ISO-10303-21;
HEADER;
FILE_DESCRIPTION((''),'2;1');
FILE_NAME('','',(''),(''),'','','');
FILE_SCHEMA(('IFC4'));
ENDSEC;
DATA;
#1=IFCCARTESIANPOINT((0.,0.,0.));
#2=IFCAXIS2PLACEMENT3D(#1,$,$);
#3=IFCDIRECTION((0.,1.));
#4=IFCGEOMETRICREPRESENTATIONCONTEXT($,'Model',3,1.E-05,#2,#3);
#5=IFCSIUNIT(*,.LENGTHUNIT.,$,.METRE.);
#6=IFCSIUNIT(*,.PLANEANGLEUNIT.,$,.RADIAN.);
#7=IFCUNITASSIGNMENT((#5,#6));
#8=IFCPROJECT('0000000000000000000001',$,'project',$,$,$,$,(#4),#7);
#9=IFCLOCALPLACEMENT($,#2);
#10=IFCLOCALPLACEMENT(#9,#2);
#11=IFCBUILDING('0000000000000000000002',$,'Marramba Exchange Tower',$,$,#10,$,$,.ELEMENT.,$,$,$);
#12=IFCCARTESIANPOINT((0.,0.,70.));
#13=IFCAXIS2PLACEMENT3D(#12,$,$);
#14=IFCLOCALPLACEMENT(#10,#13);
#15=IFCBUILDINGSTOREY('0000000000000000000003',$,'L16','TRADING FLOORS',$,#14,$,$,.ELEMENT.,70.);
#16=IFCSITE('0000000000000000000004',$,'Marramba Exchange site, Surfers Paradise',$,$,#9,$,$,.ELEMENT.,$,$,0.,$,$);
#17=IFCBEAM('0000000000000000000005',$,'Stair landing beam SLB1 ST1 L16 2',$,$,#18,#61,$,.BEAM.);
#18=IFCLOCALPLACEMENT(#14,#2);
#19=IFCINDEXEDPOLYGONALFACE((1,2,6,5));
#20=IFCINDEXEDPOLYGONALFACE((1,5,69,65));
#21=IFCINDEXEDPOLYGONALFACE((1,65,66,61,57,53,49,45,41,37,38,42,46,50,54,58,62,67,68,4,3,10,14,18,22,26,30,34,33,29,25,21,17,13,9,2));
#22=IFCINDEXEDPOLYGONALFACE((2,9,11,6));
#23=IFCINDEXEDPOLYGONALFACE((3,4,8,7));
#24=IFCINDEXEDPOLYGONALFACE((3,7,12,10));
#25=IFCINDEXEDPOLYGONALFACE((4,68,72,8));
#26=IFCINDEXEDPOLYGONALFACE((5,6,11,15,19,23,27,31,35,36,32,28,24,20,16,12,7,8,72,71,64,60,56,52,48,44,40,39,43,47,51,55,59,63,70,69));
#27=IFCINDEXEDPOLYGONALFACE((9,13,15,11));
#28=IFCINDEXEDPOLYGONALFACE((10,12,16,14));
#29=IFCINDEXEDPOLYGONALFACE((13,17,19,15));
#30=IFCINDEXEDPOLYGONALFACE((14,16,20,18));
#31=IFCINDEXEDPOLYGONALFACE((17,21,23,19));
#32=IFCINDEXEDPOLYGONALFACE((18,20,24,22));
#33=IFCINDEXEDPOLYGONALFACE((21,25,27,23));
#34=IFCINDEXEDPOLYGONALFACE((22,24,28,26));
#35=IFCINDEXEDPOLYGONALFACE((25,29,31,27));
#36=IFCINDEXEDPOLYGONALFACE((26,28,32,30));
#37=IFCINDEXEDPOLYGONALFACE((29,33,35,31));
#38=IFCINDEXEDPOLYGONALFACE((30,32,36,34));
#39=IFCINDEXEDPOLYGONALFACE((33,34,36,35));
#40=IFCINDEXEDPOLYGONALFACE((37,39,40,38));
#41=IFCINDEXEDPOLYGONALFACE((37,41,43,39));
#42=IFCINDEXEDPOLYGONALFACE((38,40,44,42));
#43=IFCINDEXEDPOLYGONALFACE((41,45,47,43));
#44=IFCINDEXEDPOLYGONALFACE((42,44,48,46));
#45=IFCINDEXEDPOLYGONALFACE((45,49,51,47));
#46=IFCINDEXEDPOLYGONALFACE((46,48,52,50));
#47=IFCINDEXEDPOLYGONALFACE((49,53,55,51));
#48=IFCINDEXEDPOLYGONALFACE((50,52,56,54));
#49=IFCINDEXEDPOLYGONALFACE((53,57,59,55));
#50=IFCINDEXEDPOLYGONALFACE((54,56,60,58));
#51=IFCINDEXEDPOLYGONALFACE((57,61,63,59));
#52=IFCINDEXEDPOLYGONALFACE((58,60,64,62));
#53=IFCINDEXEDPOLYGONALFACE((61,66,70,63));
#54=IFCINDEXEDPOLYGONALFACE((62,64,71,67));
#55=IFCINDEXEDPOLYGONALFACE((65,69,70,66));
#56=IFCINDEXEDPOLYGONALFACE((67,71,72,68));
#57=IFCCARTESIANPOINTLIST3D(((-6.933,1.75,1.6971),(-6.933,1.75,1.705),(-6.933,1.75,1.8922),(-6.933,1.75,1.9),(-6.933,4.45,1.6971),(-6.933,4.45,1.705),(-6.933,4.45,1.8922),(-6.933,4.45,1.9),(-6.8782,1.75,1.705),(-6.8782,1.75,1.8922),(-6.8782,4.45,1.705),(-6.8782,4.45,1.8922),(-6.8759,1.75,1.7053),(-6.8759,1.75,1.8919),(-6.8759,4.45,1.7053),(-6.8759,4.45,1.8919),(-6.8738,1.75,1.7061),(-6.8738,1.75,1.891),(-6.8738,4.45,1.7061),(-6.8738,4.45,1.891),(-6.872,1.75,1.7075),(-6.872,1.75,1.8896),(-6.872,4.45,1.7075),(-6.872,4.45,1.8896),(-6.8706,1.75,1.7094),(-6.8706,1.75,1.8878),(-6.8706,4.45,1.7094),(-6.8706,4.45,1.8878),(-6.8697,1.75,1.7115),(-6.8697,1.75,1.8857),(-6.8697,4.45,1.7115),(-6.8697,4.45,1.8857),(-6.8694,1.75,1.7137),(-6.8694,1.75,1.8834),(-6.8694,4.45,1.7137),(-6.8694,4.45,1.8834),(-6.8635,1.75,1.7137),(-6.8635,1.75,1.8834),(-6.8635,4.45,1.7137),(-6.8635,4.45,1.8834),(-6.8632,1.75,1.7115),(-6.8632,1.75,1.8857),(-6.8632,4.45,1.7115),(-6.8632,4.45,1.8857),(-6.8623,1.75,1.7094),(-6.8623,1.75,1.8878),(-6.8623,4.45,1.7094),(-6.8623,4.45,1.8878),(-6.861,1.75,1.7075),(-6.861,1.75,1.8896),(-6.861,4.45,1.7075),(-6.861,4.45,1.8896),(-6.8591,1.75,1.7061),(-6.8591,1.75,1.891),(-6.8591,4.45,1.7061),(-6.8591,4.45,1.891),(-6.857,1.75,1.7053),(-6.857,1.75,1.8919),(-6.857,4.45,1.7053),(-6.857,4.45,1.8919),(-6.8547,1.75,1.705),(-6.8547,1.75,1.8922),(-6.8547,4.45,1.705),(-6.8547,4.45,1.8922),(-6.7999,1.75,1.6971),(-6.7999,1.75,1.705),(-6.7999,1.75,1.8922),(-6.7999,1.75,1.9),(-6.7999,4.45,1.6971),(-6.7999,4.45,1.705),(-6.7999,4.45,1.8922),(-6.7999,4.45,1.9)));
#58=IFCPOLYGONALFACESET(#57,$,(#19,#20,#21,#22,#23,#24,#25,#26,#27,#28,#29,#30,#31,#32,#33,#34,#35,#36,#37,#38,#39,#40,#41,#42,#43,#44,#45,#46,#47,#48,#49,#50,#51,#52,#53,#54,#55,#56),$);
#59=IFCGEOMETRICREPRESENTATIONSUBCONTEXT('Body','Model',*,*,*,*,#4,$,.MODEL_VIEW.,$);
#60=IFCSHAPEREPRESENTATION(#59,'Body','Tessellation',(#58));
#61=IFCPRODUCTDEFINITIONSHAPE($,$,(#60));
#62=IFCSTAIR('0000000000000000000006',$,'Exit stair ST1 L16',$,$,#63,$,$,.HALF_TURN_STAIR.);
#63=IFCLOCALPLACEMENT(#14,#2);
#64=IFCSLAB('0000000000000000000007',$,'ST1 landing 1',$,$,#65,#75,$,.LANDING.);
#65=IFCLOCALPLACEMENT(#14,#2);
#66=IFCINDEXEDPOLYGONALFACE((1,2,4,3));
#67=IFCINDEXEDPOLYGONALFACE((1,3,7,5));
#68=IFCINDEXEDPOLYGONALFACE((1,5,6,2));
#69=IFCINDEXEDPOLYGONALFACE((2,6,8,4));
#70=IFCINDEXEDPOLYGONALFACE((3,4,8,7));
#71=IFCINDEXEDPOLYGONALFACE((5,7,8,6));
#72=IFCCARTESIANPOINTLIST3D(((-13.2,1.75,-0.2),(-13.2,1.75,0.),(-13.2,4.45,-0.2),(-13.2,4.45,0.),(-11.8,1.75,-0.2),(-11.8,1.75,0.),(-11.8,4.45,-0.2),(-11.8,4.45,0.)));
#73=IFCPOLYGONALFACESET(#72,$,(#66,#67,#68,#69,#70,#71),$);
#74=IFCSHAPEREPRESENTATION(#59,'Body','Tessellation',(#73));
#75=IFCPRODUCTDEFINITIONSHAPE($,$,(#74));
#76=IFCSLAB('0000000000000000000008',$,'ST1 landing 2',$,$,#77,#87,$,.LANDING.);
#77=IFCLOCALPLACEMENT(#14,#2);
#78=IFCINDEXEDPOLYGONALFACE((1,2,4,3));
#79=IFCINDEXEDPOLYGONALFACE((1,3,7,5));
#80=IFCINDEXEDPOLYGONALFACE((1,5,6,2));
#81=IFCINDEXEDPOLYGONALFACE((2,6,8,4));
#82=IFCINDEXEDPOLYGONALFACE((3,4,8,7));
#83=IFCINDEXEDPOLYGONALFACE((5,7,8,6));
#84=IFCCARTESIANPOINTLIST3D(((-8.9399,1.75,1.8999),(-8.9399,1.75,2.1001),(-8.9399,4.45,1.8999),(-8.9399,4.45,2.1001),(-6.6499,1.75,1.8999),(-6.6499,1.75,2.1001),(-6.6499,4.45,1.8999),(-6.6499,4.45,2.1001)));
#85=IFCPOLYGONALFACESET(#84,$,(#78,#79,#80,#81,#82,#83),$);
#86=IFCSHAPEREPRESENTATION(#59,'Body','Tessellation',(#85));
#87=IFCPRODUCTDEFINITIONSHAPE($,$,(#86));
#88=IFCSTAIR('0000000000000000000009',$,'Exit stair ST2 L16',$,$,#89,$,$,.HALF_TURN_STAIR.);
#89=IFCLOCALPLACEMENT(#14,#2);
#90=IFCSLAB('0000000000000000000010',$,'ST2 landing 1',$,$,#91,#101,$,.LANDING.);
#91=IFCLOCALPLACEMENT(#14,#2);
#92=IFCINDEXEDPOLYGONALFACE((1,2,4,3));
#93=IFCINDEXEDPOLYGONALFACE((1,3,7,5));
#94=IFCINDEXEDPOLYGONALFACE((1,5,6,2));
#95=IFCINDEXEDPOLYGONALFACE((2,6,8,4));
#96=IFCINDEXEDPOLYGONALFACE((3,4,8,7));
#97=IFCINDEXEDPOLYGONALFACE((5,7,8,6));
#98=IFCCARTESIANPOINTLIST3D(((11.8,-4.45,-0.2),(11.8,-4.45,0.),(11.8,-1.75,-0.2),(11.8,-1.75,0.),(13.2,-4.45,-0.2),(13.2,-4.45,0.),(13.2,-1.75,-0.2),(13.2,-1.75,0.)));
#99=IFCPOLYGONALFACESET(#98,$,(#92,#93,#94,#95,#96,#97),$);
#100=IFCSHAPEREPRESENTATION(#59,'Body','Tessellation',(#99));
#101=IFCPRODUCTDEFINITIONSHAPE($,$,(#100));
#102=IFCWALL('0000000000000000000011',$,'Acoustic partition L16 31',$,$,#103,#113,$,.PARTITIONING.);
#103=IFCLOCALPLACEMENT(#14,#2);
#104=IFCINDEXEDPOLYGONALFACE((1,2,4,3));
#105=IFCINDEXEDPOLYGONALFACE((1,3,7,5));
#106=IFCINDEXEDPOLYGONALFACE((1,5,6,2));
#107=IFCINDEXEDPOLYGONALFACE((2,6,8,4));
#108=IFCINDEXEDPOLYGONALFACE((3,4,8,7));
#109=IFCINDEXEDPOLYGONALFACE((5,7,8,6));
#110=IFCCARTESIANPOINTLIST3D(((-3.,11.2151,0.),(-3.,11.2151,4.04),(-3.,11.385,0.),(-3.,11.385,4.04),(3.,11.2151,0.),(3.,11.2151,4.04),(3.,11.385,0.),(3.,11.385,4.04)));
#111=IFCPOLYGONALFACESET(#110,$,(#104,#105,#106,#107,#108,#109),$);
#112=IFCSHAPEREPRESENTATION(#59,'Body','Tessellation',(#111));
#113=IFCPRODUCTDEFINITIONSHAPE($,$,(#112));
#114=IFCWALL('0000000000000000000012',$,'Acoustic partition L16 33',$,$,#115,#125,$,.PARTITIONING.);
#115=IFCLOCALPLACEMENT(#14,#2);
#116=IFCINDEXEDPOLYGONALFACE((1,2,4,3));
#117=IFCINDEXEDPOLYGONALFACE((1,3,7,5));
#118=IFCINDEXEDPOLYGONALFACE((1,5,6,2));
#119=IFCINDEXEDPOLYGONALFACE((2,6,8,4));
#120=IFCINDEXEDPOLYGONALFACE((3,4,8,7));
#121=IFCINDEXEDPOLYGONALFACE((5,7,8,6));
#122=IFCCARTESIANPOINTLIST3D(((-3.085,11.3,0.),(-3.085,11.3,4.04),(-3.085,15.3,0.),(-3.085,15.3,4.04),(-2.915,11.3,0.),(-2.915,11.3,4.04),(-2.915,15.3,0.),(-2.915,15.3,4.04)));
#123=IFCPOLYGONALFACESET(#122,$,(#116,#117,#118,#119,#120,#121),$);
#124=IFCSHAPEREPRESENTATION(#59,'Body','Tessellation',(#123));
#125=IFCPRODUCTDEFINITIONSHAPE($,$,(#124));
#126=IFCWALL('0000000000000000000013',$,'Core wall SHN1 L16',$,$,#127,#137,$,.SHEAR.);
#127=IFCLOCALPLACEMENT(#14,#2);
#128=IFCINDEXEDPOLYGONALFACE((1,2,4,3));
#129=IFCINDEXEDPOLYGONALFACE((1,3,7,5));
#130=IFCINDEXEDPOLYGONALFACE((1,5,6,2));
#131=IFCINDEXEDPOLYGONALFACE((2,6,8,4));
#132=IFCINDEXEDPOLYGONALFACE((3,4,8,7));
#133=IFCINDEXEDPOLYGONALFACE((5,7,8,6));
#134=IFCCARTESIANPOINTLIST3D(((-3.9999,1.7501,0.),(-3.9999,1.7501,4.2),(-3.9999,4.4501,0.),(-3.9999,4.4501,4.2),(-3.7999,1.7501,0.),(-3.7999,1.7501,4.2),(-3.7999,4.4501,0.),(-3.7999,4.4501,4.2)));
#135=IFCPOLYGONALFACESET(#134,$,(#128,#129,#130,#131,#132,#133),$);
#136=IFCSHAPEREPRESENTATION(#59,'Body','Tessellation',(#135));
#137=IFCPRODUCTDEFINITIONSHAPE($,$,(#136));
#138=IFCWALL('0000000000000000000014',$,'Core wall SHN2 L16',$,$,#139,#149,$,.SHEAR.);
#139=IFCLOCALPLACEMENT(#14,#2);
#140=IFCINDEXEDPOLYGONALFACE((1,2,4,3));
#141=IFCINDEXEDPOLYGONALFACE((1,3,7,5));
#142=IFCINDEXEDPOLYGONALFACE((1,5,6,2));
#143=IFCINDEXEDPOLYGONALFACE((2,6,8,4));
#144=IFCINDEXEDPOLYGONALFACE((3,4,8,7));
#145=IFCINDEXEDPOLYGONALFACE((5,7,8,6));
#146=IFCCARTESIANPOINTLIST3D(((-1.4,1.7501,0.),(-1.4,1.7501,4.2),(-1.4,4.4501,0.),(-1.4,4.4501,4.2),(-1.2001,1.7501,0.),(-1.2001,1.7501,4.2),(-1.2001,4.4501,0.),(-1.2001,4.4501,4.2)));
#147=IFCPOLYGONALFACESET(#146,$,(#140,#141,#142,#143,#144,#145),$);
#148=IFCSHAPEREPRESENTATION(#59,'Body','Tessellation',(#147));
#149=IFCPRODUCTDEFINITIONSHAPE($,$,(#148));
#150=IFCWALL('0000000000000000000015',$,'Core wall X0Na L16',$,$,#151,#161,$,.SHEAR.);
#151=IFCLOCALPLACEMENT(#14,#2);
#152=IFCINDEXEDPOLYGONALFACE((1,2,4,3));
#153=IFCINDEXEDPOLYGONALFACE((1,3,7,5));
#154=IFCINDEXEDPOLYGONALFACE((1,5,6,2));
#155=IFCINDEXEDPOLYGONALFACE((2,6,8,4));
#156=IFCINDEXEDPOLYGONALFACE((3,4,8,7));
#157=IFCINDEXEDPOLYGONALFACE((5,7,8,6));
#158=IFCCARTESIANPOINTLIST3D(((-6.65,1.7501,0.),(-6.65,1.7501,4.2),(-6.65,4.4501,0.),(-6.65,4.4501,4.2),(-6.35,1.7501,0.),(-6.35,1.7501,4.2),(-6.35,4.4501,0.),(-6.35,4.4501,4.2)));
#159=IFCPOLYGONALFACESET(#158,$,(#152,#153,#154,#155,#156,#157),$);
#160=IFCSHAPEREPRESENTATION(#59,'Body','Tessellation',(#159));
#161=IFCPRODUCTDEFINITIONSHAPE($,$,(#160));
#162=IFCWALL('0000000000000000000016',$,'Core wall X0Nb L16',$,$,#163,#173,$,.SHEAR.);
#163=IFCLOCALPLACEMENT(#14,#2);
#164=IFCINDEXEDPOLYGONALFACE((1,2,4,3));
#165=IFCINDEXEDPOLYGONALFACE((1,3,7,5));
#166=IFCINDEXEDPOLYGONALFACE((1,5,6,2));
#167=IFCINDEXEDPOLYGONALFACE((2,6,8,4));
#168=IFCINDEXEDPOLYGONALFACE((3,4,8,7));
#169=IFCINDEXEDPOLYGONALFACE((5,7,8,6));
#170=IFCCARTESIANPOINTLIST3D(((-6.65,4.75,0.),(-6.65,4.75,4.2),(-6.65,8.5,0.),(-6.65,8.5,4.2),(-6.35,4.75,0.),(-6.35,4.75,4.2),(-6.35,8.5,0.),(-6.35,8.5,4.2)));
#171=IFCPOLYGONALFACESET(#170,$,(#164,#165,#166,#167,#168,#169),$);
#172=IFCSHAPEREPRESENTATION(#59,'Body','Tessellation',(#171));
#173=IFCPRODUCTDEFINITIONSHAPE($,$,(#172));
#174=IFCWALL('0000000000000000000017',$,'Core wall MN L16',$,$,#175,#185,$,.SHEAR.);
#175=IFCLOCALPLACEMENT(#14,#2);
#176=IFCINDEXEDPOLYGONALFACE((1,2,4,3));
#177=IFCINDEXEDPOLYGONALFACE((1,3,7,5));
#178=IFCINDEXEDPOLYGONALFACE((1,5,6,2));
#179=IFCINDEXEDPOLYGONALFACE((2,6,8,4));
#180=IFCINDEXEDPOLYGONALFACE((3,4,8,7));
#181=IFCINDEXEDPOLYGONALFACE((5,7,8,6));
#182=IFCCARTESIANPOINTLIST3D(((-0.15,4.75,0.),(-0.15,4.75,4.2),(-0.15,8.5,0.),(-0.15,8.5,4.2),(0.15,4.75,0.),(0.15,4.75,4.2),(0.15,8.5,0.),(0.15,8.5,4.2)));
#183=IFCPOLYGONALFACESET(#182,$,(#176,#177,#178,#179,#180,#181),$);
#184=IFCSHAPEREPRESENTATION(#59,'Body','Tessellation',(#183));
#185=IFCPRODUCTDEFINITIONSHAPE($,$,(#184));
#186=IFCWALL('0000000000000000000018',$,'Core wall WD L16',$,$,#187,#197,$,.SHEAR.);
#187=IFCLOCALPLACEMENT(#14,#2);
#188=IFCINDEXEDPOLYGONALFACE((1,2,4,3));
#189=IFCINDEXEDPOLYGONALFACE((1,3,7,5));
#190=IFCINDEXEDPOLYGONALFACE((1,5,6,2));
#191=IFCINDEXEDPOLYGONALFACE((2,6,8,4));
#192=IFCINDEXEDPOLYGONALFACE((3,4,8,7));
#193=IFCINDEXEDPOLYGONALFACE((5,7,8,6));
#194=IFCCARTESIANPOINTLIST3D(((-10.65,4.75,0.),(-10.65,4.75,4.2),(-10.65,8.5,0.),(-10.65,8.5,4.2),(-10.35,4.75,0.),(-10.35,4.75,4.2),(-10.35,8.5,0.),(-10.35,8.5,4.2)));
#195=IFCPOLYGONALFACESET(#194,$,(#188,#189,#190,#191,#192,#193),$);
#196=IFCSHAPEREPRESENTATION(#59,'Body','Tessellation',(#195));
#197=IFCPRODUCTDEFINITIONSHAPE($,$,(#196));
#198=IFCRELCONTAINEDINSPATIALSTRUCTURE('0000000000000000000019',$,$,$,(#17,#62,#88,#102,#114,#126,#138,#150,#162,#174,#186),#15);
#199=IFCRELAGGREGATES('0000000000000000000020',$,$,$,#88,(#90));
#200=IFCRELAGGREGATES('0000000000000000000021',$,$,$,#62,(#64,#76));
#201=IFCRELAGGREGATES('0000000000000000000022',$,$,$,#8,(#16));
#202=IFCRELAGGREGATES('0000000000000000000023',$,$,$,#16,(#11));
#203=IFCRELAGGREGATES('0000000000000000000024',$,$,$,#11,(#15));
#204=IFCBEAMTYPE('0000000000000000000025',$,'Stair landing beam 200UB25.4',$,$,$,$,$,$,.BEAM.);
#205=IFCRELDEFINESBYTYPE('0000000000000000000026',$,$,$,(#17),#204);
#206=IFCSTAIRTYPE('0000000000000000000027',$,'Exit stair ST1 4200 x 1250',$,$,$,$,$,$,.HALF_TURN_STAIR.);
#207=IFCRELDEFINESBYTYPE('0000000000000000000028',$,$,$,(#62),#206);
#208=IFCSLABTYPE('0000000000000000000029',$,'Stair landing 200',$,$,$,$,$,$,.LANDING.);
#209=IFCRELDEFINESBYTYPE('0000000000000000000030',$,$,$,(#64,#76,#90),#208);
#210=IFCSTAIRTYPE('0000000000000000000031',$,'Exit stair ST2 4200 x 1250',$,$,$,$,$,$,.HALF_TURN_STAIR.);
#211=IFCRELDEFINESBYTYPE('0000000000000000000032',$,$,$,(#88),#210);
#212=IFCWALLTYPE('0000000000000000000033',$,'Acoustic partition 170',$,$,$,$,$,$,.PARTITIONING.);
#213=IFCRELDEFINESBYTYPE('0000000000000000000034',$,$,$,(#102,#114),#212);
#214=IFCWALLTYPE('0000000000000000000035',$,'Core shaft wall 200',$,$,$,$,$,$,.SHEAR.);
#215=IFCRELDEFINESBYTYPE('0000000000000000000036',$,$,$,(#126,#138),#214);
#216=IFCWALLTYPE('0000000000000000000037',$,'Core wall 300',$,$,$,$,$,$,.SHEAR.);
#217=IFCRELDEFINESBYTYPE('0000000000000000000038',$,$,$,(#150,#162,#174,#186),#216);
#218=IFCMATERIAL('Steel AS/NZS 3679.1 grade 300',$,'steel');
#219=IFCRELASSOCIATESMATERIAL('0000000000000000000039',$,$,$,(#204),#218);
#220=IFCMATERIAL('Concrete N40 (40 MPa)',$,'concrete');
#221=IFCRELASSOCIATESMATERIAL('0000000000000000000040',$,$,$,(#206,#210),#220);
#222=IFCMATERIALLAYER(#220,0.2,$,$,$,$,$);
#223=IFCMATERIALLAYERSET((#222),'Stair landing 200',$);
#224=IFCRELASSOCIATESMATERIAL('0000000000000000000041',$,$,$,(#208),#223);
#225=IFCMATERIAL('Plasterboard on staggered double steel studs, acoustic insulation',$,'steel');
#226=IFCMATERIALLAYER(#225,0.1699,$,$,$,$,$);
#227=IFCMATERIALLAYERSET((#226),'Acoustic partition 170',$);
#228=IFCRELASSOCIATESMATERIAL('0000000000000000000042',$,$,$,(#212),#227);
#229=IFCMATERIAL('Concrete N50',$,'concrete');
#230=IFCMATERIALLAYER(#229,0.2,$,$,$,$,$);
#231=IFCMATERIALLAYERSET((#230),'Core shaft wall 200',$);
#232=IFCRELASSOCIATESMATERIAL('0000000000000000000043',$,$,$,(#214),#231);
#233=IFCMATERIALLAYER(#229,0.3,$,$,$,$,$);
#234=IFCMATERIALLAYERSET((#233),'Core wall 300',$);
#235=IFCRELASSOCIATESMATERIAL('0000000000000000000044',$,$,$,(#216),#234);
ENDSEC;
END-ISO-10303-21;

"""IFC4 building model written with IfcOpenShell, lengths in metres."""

from ifc_helpers import new_model, si_unit, direction, frame, frame_2d, origin, origin_2d, place, context, subcontext, project, spatial, polyline, rectangle, i_section, outline, extrude, material, layer, layer_set, material_profile, profile_set, type_object, element, aggregate, save


model = new_model("IFC4")

# Units and contexts
model_context = context("Model", 3, precision=1e-05, world=origin(), true_north=direction((0.0, 1.0)))
body_context = subcontext(model_context, "Body", "Model", "MODEL_VIEW")
ifc_project = project(units=[si_unit("LENGTHUNIT", "METRE"), si_unit("PLANEANGLEUNIT", "RADIAN")], contexts=[model_context])

# Site, building, storey
site_placement = place(None, origin())
site = spatial("IfcSite", under=ifc_project, at=site_placement, Name="Marramba Exchange site, Surfers Paradise", CompositionType="ELEMENT", RefElevation=0.0)
building_placement = place(site_placement, origin())
building = spatial("IfcBuilding", under=site, at=building_placement, Name="Marramba Exchange Tower", CompositionType="ELEMENT")
storey_placement = place(building_placement, frame((0.0, 0.0, 70.0)))
storey = spatial("IfcBuildingStorey", under=building, at=storey_placement, Name="L16", Description="TRADING FLOORS", CompositionType="ELEMENT", Elevation=70.0)

# Beam
ifc_material_1 = material(Name="Steel AS/NZS 3679.1 grade 300", Category="steel")
ifc_material_profile_1 = material_profile(ifc_material_1, i_section(OverallWidth=0.1331, OverallDepth=0.2029, WebThickness=0.0059, FlangeThickness=0.0078, FilletRadius=0.0088, at=origin_2d()), Name="200UB25.4")
ifc_profile_set_1 = profile_set([ifc_material_profile_1], Name="Steel AS/NZS 3679.1 grade 300")
beam_type_1 = type_object("IfcBeamType", Name="Stair landing beam 200UB25.4", PredefinedType="BEAM", material=ifc_profile_set_1)
for number, where, z_axis, x_axis, name in (
    (1, (-6.8665, 1.75, 1.7986), (0.0, 1.0, 0.0), (-1.0, 0.0, 0.0), "Stair landing beam SLB1 ST1 L16 2"),
):
    element("IfcBeam", number, at=place(storey_placement, frame(where, z_axis=z_axis, x_axis=x_axis)), inside=storey, type_object=beam_type_1, Name=name, PredefinedType="BEAM", context=body_context, shape_type="SweptSolid", body=[
        extrude(i_section(OverallWidth=0.1331, OverallDepth=0.2029, WebThickness=0.0059, FlangeThickness=0.0078, FilletRadius=0.0088, at=origin_2d()), origin(), (0.0, 0.0, 1.0), 2.7),
    ])

# Stair, slabs
ifc_material_2 = material(Name="Concrete N40 (40 MPa)", Category="concrete")
stair_type_1 = type_object("IfcStairType", Name="Exit stair ST1 4200 x 1250", PredefinedType="HALF_TURN_STAIR", material=ifc_material_2)
stair_1_placement = place(storey_placement, origin())
stair_1 = element("IfcStair", 2, at=stair_1_placement, inside=storey, type_object=stair_type_1, Name="Exit stair ST1 L16", PredefinedType="HALF_TURN_STAIR")
ifc_layer_1 = layer(ifc_material_2, 0.2)
ifc_layer_set_1 = layer_set([ifc_layer_1], Name="Stair landing 200")
slab_type = type_object("IfcSlabType", Name="Stair landing 200", PredefinedType="LANDING", material=ifc_layer_set_1)
slab_1_placement = place(storey_placement, frame((0.0, 0.0, -0.2)))
slab_1 = element("IfcSlab", 3, at=slab_1_placement, type_object=slab_type, Name="ST1 landing 1", PredefinedType="LANDING", context=body_context, shape_type="SweptSolid", body=[
    extrude(outline(polyline([(-13.2, 1.75), (-11.8, 1.75), (-11.8, 4.45), (-13.2, 4.45), (-13.2, 1.75)])), origin(), (0.0, 0.0, 1.0), 0.2),
])
slab_2_placement = place(storey_placement, frame((0.0, 0.0, 1.8999)))
slab_2 = element("IfcSlab", 4, at=slab_2_placement, type_object=slab_type, Name="ST1 landing 2", PredefinedType="LANDING", context=body_context, shape_type="SweptSolid", body=[
    extrude(outline(polyline([(-8.9399, 1.75), (-6.6499, 1.75), (-6.6499, 4.45), (-8.9399, 4.45), (-8.9399, 1.75)])), origin(), (0.0, 0.0, 1.0), 0.2002),
])

# Stair, slab
stair_type_2 = type_object("IfcStairType", Name="Exit stair ST2 4200 x 1250", PredefinedType="HALF_TURN_STAIR", material=ifc_material_2)
stair_2_placement = place(storey_placement, origin())
stair_2 = element("IfcStair", 5, at=stair_2_placement, inside=storey, type_object=stair_type_2, Name="Exit stair ST2 L16", PredefinedType="HALF_TURN_STAIR")
slab_3_placement = place(storey_placement, frame((0.0, 0.0, -0.2)))
slab_3 = element("IfcSlab", 6, at=slab_3_placement, type_object=slab_type, Name="ST2 landing 1", PredefinedType="LANDING", context=body_context, shape_type="SweptSolid", body=[
    extrude(outline(polyline([(11.8, -4.45), (13.2, -4.45), (13.2, -1.75), (11.8, -1.75), (11.8, -4.45)])), origin(), (0.0, 0.0, 1.0), 0.2),
])
aggregate(stair_2, [slab_3])

# Walls
ifc_material_3 = material(Name="Plasterboard on staggered double steel studs, acoustic insulation", Category="steel")
ifc_layer_2 = layer(ifc_material_3, 0.1699)
ifc_layer_set_2 = layer_set([ifc_layer_2], Name="Acoustic partition 170")
wall_type_1 = type_object("IfcWallType", Name="Acoustic partition 170", PredefinedType="PARTITIONING", material=ifc_layer_set_2)
wall_1_placement = place(storey_placement, frame((-3.0, 11.3, 0.0), z_axis=(0.0, 0.0, 1.0), x_axis=(1.0, 0.0, 0.0)))
element("IfcWall", 7, at=wall_1_placement, inside=storey, type_object=wall_type_1, Name="Acoustic partition L16 31", PredefinedType="PARTITIONING", context=body_context, shape_type="SweptSolid", body=[
    extrude(rectangle(XDim=6.0, YDim=0.1699, at=frame_2d((3.0, 0.0))), origin(), (0.0, 0.0, 1.0), 4.04),
])
wall_2_placement = place(storey_placement, frame((-3.0, 15.3, 0.0), z_axis=(0.0, 0.0, 1.0), x_axis=(0.0, -1.0, 0.0)))
element("IfcWall", 8, at=wall_2_placement, inside=storey, type_object=wall_type_1, Name="Acoustic partition L16 33", PredefinedType="PARTITIONING", context=body_context, shape_type="SweptSolid", body=[
    extrude(rectangle(XDim=4.0, YDim=0.1699, at=frame_2d((2.0, 0.0))), origin(), (0.0, 0.0, 1.0), 4.04),
])
ifc_material_4 = material(Name="Concrete N50", Category="concrete")
ifc_layer_3 = layer(ifc_material_4, 0.2)
ifc_layer_set_3 = layer_set([ifc_layer_3], Name="Core shaft wall 200")
wall_type_2 = type_object("IfcWallType", Name="Core shaft wall 200", PredefinedType="SHEAR", material=ifc_layer_set_3)
for number, where, z_axis, x_axis, name in (
    (9, (-3.8999, 1.75, 0.0), (0.0, 0.0, 1.0), (0.0, 1.0, 0.0), "Core wall SHN1 L16"),
    (10, (-1.3, 1.75, 0.0), (0.0, 0.0, 1.0), (0.0, 1.0, 0.0), "Core wall SHN2 L16"),
):
    element("IfcWall", number, at=place(storey_placement, frame(where, z_axis=z_axis, x_axis=x_axis)), inside=storey, type_object=wall_type_2, Name=name, PredefinedType="SHEAR", context=body_context, shape_type="SweptSolid", body=[
        extrude(rectangle(XDim=2.7, YDim=0.2, at=frame_2d((1.3501, 0.0))), origin(), (0.0, 0.0, 1.0), 4.2),
    ])
ifc_layer_4 = layer(ifc_material_4, 0.3)
ifc_layer_set_4 = layer_set([ifc_layer_4], Name="Core wall 300")
wall_type_3 = type_object("IfcWallType", Name="Core wall 300", PredefinedType="SHEAR", material=ifc_layer_set_4)
wall_3_placement = place(storey_placement, frame((-6.5, 1.75, 0.0), z_axis=(0.0, 0.0, 1.0), x_axis=(0.0, 1.0, 0.0)))
element("IfcWall", 11, at=wall_3_placement, inside=storey, type_object=wall_type_3, Name="Core wall X0Na L16", PredefinedType="SHEAR", context=body_context, shape_type="SweptSolid", body=[
    extrude(rectangle(XDim=2.7, YDim=0.3, at=frame_2d((1.3501, 0.0))), origin(), (0.0, 0.0, 1.0), 4.2),
])
for number, where, z_axis, x_axis, name in (
    (12, (-6.5, 4.75, 0.0), (0.0, 0.0, 1.0), (0.0, 1.0, 0.0), "Core wall X0Nb L16"),
    (13, (0.0, 4.75, 0.0), (0.0, 0.0, 1.0), (0.0, 1.0, 0.0), "Core wall MN L16"),
    (14, (-10.5, 4.75, 0.0), (0.0, 0.0, 1.0), (0.0, 1.0, 0.0), "Core wall WD L16"),
):
    element("IfcWall", number, at=place(storey_placement, frame(where, z_axis=z_axis, x_axis=x_axis)), inside=storey, type_object=wall_type_3, Name=name, PredefinedType="SHEAR", context=body_context, shape_type="SweptSolid", body=[
        extrude(rectangle(XDim=3.75, YDim=0.3, at=frame_2d((1.875, 0.0))), origin(), (0.0, 0.0, 1.0), 4.2),
    ])

aggregate(stair_1, [slab_1, slab_2])

save(model, "model.ifc")
